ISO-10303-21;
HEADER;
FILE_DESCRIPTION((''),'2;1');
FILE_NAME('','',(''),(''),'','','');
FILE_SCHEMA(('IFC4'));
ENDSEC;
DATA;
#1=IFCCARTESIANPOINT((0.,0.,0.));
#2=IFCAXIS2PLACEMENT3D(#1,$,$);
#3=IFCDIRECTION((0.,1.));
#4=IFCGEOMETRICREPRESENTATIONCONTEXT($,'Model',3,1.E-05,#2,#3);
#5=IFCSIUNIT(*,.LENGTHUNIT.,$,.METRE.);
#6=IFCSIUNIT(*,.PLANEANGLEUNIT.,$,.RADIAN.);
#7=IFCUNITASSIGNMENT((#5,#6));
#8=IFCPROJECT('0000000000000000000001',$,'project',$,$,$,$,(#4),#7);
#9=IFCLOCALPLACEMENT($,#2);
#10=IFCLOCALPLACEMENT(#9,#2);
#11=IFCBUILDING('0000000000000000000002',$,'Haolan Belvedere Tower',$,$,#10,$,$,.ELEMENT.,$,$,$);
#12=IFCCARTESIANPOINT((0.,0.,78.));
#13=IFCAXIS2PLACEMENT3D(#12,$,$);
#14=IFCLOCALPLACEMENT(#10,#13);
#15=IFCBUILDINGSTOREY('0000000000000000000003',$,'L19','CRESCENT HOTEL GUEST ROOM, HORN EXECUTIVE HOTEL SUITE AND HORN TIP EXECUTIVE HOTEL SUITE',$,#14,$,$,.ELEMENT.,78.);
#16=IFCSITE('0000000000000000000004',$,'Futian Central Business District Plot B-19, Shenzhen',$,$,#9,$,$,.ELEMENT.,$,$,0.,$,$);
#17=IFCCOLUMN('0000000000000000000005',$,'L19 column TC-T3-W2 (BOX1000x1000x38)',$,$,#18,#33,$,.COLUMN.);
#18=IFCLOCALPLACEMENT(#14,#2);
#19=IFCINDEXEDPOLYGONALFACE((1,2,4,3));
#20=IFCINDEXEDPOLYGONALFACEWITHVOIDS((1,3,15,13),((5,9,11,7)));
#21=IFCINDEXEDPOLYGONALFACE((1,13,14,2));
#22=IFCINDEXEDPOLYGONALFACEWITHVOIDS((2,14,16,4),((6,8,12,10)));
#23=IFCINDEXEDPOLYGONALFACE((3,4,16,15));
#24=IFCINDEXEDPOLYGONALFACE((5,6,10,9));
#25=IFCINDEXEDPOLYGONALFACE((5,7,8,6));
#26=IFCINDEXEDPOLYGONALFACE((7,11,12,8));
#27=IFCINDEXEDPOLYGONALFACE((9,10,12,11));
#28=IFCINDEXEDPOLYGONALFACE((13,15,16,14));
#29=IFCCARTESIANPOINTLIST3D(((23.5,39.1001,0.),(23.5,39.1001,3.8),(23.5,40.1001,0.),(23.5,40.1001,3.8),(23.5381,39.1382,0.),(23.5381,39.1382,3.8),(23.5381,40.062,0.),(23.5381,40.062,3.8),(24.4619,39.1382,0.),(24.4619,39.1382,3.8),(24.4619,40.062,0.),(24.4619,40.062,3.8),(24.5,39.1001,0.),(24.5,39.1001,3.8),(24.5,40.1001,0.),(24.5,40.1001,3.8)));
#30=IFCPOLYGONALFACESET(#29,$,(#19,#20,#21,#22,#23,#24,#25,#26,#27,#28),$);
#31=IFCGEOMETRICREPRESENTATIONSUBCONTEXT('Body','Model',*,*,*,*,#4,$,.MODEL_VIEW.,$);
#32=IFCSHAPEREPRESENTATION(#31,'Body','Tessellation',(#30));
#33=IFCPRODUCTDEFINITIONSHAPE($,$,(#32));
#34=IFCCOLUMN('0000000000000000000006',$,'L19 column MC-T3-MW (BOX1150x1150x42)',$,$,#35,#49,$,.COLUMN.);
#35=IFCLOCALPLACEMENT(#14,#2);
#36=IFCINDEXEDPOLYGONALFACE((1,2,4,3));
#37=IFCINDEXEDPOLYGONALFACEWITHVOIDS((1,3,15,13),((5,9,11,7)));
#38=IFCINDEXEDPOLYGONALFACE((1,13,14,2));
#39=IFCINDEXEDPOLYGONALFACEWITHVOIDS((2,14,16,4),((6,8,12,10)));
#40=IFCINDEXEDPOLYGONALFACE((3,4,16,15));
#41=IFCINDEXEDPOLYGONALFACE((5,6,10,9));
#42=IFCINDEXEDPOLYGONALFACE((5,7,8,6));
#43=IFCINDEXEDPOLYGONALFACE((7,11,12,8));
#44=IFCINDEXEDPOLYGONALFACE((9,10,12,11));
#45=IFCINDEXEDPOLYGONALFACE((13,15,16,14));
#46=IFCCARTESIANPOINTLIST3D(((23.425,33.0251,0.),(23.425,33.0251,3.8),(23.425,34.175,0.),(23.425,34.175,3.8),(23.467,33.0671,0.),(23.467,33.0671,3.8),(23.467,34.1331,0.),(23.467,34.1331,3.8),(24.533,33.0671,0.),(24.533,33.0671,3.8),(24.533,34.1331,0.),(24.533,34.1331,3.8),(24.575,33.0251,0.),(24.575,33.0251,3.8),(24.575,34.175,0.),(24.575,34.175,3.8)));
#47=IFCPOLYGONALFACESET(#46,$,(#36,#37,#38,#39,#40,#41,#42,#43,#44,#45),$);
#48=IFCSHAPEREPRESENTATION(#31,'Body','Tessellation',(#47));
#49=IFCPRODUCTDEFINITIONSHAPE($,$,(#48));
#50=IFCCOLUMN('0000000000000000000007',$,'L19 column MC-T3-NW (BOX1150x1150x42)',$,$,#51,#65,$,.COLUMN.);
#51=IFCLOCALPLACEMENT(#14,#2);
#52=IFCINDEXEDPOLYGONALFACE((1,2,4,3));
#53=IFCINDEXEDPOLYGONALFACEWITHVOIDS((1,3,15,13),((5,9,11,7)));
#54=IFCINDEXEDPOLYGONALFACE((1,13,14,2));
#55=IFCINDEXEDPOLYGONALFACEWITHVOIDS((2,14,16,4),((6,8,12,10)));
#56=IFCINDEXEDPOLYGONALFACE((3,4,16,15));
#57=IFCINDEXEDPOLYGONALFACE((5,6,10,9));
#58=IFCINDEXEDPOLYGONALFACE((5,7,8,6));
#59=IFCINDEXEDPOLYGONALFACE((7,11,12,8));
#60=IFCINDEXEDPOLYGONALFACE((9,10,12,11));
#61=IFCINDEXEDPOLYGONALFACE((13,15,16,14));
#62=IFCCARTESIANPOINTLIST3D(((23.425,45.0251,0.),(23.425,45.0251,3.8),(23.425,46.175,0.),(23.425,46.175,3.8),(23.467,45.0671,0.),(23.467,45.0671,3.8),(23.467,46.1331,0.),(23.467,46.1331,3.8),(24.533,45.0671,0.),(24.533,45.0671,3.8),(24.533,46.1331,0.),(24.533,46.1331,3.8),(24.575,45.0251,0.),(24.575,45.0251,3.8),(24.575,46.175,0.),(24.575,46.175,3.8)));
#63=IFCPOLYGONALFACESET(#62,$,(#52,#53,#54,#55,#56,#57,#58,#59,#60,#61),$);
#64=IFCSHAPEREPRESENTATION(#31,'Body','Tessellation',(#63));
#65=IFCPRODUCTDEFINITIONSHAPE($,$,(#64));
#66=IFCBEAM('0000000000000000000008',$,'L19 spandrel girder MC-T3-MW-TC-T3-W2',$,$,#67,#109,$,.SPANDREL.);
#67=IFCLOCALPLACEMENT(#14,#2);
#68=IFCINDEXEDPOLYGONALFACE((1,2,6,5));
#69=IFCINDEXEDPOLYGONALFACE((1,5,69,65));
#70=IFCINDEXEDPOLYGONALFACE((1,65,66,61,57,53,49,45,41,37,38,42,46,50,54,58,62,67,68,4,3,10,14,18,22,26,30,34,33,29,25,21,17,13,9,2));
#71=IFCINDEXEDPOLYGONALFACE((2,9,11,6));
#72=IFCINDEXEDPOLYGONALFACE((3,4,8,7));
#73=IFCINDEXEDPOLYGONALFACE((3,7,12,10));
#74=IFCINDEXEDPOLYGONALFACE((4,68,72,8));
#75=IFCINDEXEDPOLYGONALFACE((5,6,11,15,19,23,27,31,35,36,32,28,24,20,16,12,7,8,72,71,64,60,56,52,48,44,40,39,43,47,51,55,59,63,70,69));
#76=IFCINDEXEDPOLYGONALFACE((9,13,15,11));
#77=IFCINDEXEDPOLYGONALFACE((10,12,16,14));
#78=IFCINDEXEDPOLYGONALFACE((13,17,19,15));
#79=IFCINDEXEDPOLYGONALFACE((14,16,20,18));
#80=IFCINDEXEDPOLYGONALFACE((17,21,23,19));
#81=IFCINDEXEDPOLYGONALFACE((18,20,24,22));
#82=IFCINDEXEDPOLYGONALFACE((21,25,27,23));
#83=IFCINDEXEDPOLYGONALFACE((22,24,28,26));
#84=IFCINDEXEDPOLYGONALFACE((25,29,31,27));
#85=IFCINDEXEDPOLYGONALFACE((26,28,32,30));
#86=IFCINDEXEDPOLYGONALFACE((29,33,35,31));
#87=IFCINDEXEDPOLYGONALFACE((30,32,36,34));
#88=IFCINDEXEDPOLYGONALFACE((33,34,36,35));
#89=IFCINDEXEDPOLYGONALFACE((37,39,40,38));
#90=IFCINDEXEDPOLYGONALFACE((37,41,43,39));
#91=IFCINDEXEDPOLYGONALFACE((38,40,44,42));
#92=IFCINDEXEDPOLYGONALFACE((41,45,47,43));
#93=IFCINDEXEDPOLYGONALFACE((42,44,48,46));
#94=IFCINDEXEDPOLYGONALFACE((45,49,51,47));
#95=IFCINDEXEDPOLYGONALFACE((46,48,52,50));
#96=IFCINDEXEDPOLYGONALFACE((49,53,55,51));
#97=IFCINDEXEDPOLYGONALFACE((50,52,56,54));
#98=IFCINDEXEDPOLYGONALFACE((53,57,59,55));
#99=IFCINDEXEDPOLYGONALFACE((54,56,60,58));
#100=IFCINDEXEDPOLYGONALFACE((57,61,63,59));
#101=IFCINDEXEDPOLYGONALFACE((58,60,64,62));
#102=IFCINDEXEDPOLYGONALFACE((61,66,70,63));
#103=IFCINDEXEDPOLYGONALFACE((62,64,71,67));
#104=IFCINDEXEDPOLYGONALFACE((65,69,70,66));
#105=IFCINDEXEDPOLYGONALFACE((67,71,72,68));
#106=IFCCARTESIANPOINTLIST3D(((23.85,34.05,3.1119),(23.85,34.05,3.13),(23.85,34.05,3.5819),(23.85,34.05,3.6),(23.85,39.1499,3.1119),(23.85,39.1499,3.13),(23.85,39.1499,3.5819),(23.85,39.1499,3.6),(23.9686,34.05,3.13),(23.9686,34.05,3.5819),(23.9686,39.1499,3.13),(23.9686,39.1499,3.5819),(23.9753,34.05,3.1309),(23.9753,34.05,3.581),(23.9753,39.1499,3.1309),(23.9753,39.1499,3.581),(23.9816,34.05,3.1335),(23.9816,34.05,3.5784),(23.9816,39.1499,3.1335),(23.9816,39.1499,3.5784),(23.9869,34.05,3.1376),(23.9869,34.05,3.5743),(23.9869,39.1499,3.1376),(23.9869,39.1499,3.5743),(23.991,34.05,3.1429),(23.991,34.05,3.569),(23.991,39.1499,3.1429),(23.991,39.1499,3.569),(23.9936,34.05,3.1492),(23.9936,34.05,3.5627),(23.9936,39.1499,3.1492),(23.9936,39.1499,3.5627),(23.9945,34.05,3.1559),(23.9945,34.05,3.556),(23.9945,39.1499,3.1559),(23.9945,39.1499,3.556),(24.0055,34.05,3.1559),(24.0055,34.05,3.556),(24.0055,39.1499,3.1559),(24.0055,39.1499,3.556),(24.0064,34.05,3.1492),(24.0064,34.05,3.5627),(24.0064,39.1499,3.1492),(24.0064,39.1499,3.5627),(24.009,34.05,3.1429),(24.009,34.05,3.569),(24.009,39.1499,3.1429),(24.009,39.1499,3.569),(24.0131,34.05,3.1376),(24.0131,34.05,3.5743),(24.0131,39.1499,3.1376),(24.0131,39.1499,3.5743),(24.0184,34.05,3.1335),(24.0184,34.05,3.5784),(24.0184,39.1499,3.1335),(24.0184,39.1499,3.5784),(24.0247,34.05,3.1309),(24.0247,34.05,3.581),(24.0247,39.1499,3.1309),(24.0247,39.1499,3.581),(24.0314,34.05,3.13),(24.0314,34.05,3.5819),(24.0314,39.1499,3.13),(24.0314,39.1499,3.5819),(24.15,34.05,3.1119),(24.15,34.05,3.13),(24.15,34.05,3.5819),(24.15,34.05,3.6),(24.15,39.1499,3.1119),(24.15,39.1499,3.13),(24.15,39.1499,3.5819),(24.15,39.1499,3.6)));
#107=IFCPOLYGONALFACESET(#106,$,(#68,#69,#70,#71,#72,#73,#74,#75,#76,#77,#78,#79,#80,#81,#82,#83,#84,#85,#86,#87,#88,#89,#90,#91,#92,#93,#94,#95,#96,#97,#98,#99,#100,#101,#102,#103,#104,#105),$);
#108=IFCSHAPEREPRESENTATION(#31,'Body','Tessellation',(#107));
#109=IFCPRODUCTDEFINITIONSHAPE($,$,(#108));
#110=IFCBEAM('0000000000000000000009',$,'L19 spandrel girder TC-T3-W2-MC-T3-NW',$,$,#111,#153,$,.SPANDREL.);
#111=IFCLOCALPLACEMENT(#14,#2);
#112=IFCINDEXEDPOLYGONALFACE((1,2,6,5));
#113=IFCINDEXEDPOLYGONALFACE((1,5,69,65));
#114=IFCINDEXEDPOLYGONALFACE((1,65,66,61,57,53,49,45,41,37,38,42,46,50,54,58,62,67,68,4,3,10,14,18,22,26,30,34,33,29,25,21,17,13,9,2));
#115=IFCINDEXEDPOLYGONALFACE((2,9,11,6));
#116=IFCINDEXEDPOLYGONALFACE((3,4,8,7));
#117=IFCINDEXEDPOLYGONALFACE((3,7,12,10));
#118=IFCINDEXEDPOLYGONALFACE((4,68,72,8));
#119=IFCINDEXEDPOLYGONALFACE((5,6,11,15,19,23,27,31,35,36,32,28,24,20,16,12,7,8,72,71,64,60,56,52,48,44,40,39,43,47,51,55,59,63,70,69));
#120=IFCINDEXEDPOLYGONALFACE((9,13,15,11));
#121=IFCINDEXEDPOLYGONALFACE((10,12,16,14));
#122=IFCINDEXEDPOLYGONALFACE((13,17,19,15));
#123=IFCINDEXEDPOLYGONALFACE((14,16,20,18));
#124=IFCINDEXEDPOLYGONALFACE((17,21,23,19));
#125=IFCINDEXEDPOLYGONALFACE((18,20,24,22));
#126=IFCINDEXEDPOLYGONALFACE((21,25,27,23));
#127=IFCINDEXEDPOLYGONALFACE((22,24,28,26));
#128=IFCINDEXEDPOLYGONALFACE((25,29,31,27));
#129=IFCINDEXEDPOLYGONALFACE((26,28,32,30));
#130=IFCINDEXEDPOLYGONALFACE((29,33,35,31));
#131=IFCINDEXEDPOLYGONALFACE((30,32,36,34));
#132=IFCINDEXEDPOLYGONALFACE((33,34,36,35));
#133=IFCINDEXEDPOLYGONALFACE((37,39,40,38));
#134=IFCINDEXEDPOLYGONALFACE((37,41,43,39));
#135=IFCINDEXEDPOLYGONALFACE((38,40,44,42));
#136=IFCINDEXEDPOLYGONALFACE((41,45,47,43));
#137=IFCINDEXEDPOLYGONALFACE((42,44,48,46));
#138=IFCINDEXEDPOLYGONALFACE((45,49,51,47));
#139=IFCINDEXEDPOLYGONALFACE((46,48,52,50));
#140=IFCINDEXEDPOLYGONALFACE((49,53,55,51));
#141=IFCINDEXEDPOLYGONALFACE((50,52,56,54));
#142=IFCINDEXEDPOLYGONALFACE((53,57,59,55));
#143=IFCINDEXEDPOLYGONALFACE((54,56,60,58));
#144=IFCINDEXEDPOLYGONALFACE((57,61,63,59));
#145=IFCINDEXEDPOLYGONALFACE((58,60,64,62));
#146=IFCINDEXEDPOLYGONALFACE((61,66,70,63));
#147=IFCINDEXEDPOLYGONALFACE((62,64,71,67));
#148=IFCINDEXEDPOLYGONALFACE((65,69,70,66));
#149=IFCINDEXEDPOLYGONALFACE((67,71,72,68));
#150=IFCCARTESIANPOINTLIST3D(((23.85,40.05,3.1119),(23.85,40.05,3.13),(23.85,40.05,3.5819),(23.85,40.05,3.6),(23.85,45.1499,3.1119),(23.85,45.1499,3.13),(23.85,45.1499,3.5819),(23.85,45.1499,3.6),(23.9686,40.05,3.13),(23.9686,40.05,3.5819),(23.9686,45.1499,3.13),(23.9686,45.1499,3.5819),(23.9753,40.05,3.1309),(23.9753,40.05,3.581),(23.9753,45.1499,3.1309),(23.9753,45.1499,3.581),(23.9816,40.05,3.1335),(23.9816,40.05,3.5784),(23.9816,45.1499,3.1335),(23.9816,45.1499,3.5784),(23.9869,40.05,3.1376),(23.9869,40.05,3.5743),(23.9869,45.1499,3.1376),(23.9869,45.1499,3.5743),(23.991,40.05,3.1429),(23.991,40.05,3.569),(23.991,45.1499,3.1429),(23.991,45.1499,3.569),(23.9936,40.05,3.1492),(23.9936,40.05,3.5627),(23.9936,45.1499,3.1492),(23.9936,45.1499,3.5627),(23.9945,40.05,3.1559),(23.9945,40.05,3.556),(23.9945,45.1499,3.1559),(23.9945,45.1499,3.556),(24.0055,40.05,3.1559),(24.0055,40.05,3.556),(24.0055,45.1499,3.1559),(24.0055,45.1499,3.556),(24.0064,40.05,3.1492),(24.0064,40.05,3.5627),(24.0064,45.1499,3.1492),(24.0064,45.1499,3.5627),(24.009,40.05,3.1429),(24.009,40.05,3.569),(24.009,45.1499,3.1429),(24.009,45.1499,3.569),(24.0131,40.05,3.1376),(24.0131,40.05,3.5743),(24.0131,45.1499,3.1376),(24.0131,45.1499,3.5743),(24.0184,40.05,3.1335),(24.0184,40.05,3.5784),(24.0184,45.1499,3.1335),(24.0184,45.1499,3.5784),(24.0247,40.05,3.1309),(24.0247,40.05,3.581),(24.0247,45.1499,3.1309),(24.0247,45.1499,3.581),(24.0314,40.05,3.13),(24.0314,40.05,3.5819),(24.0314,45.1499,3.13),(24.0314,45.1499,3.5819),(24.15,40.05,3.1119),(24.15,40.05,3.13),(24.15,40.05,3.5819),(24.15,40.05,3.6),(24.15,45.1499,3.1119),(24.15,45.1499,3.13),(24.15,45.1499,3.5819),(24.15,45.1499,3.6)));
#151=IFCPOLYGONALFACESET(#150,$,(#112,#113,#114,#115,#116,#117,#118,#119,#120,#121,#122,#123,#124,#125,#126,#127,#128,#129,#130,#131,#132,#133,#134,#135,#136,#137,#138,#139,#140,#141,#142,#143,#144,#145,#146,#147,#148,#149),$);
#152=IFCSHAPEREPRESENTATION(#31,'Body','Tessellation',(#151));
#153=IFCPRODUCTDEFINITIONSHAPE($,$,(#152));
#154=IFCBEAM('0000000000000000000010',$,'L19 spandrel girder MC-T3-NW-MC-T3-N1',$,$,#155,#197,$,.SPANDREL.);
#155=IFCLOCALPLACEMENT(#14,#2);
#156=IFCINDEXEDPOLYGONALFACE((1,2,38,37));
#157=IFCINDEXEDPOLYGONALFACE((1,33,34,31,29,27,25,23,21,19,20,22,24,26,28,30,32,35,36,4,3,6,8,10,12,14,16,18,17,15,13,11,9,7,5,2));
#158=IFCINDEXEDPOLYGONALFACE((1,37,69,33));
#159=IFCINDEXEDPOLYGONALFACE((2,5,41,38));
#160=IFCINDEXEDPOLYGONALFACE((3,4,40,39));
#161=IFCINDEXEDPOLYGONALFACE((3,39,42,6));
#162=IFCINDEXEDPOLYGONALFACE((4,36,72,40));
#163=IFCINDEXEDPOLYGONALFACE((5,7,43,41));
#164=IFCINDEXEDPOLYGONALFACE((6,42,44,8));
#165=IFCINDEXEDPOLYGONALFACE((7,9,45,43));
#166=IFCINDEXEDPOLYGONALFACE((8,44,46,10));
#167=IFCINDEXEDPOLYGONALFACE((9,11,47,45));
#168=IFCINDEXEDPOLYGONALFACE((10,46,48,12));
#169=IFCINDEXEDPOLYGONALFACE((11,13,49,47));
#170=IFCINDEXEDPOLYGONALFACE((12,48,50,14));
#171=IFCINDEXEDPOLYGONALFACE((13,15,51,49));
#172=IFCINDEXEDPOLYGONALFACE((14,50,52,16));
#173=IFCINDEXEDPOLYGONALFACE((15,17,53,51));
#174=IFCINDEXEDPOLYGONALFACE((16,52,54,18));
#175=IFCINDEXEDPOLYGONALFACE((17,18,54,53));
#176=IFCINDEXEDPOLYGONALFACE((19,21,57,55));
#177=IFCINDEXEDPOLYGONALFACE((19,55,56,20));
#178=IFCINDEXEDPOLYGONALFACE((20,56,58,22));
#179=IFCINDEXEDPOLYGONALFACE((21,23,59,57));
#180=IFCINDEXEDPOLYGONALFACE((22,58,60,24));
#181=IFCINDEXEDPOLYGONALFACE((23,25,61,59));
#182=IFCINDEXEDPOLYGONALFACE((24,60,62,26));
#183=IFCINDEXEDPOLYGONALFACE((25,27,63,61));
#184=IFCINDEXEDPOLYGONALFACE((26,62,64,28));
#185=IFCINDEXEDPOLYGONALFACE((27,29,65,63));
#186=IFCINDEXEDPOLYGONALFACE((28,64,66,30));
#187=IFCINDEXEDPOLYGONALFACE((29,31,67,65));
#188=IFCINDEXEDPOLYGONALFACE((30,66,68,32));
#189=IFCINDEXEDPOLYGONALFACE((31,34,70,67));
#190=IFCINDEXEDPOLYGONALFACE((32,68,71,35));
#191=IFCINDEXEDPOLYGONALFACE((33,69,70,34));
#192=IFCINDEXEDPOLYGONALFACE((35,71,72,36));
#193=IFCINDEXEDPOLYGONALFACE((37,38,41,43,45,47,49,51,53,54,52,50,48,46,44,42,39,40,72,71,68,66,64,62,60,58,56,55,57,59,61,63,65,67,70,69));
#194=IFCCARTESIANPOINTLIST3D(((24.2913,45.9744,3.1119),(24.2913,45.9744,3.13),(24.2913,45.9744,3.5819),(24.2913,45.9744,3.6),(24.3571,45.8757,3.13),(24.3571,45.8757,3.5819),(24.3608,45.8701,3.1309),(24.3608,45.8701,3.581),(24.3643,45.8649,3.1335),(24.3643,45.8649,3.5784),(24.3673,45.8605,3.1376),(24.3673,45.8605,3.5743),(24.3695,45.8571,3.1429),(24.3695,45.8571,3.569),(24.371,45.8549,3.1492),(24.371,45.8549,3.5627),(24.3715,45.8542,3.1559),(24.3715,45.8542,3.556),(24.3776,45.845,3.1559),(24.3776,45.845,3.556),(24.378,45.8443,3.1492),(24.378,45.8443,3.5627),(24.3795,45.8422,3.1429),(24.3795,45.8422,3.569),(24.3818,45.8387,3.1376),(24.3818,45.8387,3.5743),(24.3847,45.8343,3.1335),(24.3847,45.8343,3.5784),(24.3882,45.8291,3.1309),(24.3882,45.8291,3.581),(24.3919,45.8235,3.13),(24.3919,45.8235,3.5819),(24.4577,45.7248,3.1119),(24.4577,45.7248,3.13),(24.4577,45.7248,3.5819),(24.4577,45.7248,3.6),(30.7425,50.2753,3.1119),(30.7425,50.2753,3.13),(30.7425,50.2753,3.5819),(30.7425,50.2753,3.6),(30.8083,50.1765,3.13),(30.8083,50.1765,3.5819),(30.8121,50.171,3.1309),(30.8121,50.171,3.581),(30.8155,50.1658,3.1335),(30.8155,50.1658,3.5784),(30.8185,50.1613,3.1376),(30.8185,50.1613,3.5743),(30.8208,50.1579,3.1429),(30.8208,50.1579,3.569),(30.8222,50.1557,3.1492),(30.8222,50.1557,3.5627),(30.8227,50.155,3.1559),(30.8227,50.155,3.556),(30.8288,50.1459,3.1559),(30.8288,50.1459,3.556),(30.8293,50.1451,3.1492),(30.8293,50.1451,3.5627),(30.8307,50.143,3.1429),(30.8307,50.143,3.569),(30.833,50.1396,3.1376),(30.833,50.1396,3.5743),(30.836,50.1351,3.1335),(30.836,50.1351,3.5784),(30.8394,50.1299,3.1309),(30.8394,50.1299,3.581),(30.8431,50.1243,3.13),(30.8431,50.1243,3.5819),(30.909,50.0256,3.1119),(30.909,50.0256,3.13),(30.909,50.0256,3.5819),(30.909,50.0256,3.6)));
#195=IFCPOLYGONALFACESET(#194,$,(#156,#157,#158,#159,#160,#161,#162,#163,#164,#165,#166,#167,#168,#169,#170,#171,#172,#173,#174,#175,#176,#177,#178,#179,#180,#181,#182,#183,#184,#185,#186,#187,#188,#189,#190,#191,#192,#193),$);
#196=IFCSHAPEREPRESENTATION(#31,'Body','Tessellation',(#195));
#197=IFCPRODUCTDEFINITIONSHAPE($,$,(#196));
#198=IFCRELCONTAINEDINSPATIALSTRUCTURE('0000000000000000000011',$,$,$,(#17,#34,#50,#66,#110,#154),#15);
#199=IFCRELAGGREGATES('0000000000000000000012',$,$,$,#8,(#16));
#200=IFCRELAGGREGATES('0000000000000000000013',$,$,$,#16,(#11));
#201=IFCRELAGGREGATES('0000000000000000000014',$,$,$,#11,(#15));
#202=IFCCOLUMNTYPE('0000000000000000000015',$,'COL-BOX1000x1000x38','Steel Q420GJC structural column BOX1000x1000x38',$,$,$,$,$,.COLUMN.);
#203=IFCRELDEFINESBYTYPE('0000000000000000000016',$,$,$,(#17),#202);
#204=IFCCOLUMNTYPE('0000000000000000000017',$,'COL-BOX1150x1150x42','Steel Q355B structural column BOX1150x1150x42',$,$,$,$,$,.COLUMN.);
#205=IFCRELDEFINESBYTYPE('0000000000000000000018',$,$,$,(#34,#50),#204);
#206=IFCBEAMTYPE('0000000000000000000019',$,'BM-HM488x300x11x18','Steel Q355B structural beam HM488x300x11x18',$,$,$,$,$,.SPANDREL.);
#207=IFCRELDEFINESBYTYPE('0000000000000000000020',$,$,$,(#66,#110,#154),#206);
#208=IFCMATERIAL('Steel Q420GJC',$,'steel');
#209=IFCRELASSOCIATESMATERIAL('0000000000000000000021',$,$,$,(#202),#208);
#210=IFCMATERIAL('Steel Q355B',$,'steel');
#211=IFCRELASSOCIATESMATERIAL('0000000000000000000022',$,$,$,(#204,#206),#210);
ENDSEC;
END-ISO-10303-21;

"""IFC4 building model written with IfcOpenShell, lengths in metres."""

from ifc_helpers import new_model, si_unit, direction, frame, origin, origin_2d, place, context, subcontext, project, spatial, hollow_rectangle, i_section, extrude, material, material_profile, profile_set, type_object, element, save


model = new_model("IFC4")

# Units and contexts
model_context = context("Model", 3, precision=1e-05, world=origin(), true_north=direction((0.0, 1.0)))
body_context = subcontext(model_context, "Body", "Model", "MODEL_VIEW")
ifc_project = project(units=[si_unit("LENGTHUNIT", "METRE"), si_unit("PLANEANGLEUNIT", "RADIAN")], contexts=[model_context])

# Site, building, storey
site_placement = place(None, origin())
site = spatial("IfcSite", under=ifc_project, at=site_placement, Name="Futian Central Business District Plot B-19, Shenzhen", CompositionType="ELEMENT", RefElevation=0.0)
building_placement = place(site_placement, origin())
building = spatial("IfcBuilding", under=site, at=building_placement, Name="Haolan Belvedere Tower", CompositionType="ELEMENT")
storey_placement = place(building_placement, frame((0.0, 0.0, 78.0)))
storey = spatial("IfcBuildingStorey", under=building, at=storey_placement, Name="L19", Description="CRESCENT HOTEL GUEST ROOM, HORN EXECUTIVE HOTEL SUITE AND HORN TIP EXECUTIVE HOTEL SUITE", CompositionType="ELEMENT", Elevation=78.0)

# Columns
ifc_material_1 = material(Name="Steel Q420GJC", Category="steel")
ifc_material_profile_1 = material_profile(ifc_material_1, hollow_rectangle(XDim=1.0, YDim=1.0, WallThickness=0.0381, at=origin_2d()), Name="Steel Q420GJC")
ifc_profile_set_1 = profile_set([ifc_material_profile_1], Name="Steel Q420GJC")
column_type_1 = type_object("IfcColumnType", Name="COL-BOX1000x1000x38", Description="Steel Q420GJC structural column BOX1000x1000x38", PredefinedType="COLUMN", material=ifc_profile_set_1)
column_placement = place(storey_placement, frame((24.0, 39.6001, 0.0), z_axis=(0.0, 0.0, 1.0), x_axis=(1.0, 0.0, 0.0)))
element("IfcColumn", 1, at=column_placement, inside=storey, type_object=column_type_1, Name="L19 column TC-T3-W2 (BOX1000x1000x38)", PredefinedType="COLUMN", context=body_context, shape_type="SweptSolid", body=[
    extrude(hollow_rectangle(XDim=1.0, YDim=1.0, WallThickness=0.0381, at=origin_2d()), origin(), (0.0, 0.0, 1.0), 3.8),
])
ifc_material_2 = material(Name="Steel Q355B", Category="steel")
ifc_material_profile_2 = material_profile(ifc_material_2, hollow_rectangle(XDim=1.1499, YDim=1.1499, WallThickness=0.042, at=origin_2d()), Name="Steel Q355B")
ifc_profile_set_2 = profile_set([ifc_material_profile_2], Name="Steel Q355B")
column_type_2 = type_object("IfcColumnType", Name="COL-BOX1150x1150x42", Description="Steel Q355B structural column BOX1150x1150x42", PredefinedType="COLUMN", material=ifc_profile_set_2)
for number, where, z_axis, x_axis, name in (
    (2, (24.0, 33.6001, 0.0), (0.0, 0.0, 1.0), (1.0, 0.0, 0.0), "L19 column MC-T3-MW (BOX1150x1150x42)"),
    (3, (24.0, 45.6001, 0.0), (0.0, 0.0, 1.0), (1.0, 0.0, 0.0), "L19 column MC-T3-NW (BOX1150x1150x42)"),
):
    element("IfcColumn", number, at=place(storey_placement, frame(where, z_axis=z_axis, x_axis=x_axis)), inside=storey, type_object=column_type_2, Name=name, PredefinedType="COLUMN", context=body_context, shape_type="SweptSolid", body=[
        extrude(hollow_rectangle(XDim=1.1499, YDim=1.1499, WallThickness=0.042, at=origin_2d()), origin(), (0.0, 0.0, 1.0), 3.8),
    ])

# Beams
ifc_material_profile_3 = material_profile(ifc_material_2, i_section(OverallWidth=0.3, OverallDepth=0.488, WebThickness=0.011, FlangeThickness=0.0181, FilletRadius=0.0259, at=origin_2d()), Name="Steel Q355B")
ifc_profile_set_3 = profile_set([ifc_material_profile_3], Name="Steel Q355B")
beam_type_1 = type_object("IfcBeamType", Name="BM-HM488x300x11x18", Description="Steel Q355B structural beam HM488x300x11x18", PredefinedType="SPANDREL", material=ifc_profile_set_3)
for number, where, z_axis, x_axis, name in (
    (4, (24.0, 34.05, 3.356), (0.0, 1.0, 0.0), (-1.0, 0.0, 0.0), "L19 spandrel girder MC-T3-MW-TC-T3-W2"),
    (5, (24.0, 40.05, 3.356), (0.0, 1.0, 0.0), (-1.0, 0.0, 0.0), "L19 spandrel girder TC-T3-W2-MC-T3-NW"),
):
    element("IfcBeam", number, at=place(storey_placement, frame(where, z_axis=z_axis, x_axis=x_axis)), inside=storey, type_object=beam_type_1, Name=name, PredefinedType="SPANDREL", context=body_context, shape_type="SweptSolid", body=[
        extrude(i_section(OverallWidth=0.3, OverallDepth=0.488, WebThickness=0.011, FlangeThickness=0.0181, FilletRadius=0.0259, at=origin_2d()), origin(), (0.0, 0.0, 1.0), 5.0999),
    ])
beam_placement = place(storey_placement, frame((24.3745, 45.8496, 3.356), z_axis=(0.83205, 0.5547, 0.0), x_axis=(-0.5547, 0.83205, 0.0)))
element("IfcBeam", 6, at=beam_placement, inside=storey, type_object=beam_type_1, Name="L19 spandrel girder MC-T3-NW-MC-T3-N1", PredefinedType="SPANDREL", context=body_context, shape_type="SweptSolid", body=[
    extrude(i_section(OverallWidth=0.3, OverallDepth=0.488, WebThickness=0.011, FlangeThickness=0.0181, FilletRadius=0.0259, at=origin_2d()), origin(), (0.0, 0.0, 1.0), 7.7534),
])

save(model, "model.ifc")
